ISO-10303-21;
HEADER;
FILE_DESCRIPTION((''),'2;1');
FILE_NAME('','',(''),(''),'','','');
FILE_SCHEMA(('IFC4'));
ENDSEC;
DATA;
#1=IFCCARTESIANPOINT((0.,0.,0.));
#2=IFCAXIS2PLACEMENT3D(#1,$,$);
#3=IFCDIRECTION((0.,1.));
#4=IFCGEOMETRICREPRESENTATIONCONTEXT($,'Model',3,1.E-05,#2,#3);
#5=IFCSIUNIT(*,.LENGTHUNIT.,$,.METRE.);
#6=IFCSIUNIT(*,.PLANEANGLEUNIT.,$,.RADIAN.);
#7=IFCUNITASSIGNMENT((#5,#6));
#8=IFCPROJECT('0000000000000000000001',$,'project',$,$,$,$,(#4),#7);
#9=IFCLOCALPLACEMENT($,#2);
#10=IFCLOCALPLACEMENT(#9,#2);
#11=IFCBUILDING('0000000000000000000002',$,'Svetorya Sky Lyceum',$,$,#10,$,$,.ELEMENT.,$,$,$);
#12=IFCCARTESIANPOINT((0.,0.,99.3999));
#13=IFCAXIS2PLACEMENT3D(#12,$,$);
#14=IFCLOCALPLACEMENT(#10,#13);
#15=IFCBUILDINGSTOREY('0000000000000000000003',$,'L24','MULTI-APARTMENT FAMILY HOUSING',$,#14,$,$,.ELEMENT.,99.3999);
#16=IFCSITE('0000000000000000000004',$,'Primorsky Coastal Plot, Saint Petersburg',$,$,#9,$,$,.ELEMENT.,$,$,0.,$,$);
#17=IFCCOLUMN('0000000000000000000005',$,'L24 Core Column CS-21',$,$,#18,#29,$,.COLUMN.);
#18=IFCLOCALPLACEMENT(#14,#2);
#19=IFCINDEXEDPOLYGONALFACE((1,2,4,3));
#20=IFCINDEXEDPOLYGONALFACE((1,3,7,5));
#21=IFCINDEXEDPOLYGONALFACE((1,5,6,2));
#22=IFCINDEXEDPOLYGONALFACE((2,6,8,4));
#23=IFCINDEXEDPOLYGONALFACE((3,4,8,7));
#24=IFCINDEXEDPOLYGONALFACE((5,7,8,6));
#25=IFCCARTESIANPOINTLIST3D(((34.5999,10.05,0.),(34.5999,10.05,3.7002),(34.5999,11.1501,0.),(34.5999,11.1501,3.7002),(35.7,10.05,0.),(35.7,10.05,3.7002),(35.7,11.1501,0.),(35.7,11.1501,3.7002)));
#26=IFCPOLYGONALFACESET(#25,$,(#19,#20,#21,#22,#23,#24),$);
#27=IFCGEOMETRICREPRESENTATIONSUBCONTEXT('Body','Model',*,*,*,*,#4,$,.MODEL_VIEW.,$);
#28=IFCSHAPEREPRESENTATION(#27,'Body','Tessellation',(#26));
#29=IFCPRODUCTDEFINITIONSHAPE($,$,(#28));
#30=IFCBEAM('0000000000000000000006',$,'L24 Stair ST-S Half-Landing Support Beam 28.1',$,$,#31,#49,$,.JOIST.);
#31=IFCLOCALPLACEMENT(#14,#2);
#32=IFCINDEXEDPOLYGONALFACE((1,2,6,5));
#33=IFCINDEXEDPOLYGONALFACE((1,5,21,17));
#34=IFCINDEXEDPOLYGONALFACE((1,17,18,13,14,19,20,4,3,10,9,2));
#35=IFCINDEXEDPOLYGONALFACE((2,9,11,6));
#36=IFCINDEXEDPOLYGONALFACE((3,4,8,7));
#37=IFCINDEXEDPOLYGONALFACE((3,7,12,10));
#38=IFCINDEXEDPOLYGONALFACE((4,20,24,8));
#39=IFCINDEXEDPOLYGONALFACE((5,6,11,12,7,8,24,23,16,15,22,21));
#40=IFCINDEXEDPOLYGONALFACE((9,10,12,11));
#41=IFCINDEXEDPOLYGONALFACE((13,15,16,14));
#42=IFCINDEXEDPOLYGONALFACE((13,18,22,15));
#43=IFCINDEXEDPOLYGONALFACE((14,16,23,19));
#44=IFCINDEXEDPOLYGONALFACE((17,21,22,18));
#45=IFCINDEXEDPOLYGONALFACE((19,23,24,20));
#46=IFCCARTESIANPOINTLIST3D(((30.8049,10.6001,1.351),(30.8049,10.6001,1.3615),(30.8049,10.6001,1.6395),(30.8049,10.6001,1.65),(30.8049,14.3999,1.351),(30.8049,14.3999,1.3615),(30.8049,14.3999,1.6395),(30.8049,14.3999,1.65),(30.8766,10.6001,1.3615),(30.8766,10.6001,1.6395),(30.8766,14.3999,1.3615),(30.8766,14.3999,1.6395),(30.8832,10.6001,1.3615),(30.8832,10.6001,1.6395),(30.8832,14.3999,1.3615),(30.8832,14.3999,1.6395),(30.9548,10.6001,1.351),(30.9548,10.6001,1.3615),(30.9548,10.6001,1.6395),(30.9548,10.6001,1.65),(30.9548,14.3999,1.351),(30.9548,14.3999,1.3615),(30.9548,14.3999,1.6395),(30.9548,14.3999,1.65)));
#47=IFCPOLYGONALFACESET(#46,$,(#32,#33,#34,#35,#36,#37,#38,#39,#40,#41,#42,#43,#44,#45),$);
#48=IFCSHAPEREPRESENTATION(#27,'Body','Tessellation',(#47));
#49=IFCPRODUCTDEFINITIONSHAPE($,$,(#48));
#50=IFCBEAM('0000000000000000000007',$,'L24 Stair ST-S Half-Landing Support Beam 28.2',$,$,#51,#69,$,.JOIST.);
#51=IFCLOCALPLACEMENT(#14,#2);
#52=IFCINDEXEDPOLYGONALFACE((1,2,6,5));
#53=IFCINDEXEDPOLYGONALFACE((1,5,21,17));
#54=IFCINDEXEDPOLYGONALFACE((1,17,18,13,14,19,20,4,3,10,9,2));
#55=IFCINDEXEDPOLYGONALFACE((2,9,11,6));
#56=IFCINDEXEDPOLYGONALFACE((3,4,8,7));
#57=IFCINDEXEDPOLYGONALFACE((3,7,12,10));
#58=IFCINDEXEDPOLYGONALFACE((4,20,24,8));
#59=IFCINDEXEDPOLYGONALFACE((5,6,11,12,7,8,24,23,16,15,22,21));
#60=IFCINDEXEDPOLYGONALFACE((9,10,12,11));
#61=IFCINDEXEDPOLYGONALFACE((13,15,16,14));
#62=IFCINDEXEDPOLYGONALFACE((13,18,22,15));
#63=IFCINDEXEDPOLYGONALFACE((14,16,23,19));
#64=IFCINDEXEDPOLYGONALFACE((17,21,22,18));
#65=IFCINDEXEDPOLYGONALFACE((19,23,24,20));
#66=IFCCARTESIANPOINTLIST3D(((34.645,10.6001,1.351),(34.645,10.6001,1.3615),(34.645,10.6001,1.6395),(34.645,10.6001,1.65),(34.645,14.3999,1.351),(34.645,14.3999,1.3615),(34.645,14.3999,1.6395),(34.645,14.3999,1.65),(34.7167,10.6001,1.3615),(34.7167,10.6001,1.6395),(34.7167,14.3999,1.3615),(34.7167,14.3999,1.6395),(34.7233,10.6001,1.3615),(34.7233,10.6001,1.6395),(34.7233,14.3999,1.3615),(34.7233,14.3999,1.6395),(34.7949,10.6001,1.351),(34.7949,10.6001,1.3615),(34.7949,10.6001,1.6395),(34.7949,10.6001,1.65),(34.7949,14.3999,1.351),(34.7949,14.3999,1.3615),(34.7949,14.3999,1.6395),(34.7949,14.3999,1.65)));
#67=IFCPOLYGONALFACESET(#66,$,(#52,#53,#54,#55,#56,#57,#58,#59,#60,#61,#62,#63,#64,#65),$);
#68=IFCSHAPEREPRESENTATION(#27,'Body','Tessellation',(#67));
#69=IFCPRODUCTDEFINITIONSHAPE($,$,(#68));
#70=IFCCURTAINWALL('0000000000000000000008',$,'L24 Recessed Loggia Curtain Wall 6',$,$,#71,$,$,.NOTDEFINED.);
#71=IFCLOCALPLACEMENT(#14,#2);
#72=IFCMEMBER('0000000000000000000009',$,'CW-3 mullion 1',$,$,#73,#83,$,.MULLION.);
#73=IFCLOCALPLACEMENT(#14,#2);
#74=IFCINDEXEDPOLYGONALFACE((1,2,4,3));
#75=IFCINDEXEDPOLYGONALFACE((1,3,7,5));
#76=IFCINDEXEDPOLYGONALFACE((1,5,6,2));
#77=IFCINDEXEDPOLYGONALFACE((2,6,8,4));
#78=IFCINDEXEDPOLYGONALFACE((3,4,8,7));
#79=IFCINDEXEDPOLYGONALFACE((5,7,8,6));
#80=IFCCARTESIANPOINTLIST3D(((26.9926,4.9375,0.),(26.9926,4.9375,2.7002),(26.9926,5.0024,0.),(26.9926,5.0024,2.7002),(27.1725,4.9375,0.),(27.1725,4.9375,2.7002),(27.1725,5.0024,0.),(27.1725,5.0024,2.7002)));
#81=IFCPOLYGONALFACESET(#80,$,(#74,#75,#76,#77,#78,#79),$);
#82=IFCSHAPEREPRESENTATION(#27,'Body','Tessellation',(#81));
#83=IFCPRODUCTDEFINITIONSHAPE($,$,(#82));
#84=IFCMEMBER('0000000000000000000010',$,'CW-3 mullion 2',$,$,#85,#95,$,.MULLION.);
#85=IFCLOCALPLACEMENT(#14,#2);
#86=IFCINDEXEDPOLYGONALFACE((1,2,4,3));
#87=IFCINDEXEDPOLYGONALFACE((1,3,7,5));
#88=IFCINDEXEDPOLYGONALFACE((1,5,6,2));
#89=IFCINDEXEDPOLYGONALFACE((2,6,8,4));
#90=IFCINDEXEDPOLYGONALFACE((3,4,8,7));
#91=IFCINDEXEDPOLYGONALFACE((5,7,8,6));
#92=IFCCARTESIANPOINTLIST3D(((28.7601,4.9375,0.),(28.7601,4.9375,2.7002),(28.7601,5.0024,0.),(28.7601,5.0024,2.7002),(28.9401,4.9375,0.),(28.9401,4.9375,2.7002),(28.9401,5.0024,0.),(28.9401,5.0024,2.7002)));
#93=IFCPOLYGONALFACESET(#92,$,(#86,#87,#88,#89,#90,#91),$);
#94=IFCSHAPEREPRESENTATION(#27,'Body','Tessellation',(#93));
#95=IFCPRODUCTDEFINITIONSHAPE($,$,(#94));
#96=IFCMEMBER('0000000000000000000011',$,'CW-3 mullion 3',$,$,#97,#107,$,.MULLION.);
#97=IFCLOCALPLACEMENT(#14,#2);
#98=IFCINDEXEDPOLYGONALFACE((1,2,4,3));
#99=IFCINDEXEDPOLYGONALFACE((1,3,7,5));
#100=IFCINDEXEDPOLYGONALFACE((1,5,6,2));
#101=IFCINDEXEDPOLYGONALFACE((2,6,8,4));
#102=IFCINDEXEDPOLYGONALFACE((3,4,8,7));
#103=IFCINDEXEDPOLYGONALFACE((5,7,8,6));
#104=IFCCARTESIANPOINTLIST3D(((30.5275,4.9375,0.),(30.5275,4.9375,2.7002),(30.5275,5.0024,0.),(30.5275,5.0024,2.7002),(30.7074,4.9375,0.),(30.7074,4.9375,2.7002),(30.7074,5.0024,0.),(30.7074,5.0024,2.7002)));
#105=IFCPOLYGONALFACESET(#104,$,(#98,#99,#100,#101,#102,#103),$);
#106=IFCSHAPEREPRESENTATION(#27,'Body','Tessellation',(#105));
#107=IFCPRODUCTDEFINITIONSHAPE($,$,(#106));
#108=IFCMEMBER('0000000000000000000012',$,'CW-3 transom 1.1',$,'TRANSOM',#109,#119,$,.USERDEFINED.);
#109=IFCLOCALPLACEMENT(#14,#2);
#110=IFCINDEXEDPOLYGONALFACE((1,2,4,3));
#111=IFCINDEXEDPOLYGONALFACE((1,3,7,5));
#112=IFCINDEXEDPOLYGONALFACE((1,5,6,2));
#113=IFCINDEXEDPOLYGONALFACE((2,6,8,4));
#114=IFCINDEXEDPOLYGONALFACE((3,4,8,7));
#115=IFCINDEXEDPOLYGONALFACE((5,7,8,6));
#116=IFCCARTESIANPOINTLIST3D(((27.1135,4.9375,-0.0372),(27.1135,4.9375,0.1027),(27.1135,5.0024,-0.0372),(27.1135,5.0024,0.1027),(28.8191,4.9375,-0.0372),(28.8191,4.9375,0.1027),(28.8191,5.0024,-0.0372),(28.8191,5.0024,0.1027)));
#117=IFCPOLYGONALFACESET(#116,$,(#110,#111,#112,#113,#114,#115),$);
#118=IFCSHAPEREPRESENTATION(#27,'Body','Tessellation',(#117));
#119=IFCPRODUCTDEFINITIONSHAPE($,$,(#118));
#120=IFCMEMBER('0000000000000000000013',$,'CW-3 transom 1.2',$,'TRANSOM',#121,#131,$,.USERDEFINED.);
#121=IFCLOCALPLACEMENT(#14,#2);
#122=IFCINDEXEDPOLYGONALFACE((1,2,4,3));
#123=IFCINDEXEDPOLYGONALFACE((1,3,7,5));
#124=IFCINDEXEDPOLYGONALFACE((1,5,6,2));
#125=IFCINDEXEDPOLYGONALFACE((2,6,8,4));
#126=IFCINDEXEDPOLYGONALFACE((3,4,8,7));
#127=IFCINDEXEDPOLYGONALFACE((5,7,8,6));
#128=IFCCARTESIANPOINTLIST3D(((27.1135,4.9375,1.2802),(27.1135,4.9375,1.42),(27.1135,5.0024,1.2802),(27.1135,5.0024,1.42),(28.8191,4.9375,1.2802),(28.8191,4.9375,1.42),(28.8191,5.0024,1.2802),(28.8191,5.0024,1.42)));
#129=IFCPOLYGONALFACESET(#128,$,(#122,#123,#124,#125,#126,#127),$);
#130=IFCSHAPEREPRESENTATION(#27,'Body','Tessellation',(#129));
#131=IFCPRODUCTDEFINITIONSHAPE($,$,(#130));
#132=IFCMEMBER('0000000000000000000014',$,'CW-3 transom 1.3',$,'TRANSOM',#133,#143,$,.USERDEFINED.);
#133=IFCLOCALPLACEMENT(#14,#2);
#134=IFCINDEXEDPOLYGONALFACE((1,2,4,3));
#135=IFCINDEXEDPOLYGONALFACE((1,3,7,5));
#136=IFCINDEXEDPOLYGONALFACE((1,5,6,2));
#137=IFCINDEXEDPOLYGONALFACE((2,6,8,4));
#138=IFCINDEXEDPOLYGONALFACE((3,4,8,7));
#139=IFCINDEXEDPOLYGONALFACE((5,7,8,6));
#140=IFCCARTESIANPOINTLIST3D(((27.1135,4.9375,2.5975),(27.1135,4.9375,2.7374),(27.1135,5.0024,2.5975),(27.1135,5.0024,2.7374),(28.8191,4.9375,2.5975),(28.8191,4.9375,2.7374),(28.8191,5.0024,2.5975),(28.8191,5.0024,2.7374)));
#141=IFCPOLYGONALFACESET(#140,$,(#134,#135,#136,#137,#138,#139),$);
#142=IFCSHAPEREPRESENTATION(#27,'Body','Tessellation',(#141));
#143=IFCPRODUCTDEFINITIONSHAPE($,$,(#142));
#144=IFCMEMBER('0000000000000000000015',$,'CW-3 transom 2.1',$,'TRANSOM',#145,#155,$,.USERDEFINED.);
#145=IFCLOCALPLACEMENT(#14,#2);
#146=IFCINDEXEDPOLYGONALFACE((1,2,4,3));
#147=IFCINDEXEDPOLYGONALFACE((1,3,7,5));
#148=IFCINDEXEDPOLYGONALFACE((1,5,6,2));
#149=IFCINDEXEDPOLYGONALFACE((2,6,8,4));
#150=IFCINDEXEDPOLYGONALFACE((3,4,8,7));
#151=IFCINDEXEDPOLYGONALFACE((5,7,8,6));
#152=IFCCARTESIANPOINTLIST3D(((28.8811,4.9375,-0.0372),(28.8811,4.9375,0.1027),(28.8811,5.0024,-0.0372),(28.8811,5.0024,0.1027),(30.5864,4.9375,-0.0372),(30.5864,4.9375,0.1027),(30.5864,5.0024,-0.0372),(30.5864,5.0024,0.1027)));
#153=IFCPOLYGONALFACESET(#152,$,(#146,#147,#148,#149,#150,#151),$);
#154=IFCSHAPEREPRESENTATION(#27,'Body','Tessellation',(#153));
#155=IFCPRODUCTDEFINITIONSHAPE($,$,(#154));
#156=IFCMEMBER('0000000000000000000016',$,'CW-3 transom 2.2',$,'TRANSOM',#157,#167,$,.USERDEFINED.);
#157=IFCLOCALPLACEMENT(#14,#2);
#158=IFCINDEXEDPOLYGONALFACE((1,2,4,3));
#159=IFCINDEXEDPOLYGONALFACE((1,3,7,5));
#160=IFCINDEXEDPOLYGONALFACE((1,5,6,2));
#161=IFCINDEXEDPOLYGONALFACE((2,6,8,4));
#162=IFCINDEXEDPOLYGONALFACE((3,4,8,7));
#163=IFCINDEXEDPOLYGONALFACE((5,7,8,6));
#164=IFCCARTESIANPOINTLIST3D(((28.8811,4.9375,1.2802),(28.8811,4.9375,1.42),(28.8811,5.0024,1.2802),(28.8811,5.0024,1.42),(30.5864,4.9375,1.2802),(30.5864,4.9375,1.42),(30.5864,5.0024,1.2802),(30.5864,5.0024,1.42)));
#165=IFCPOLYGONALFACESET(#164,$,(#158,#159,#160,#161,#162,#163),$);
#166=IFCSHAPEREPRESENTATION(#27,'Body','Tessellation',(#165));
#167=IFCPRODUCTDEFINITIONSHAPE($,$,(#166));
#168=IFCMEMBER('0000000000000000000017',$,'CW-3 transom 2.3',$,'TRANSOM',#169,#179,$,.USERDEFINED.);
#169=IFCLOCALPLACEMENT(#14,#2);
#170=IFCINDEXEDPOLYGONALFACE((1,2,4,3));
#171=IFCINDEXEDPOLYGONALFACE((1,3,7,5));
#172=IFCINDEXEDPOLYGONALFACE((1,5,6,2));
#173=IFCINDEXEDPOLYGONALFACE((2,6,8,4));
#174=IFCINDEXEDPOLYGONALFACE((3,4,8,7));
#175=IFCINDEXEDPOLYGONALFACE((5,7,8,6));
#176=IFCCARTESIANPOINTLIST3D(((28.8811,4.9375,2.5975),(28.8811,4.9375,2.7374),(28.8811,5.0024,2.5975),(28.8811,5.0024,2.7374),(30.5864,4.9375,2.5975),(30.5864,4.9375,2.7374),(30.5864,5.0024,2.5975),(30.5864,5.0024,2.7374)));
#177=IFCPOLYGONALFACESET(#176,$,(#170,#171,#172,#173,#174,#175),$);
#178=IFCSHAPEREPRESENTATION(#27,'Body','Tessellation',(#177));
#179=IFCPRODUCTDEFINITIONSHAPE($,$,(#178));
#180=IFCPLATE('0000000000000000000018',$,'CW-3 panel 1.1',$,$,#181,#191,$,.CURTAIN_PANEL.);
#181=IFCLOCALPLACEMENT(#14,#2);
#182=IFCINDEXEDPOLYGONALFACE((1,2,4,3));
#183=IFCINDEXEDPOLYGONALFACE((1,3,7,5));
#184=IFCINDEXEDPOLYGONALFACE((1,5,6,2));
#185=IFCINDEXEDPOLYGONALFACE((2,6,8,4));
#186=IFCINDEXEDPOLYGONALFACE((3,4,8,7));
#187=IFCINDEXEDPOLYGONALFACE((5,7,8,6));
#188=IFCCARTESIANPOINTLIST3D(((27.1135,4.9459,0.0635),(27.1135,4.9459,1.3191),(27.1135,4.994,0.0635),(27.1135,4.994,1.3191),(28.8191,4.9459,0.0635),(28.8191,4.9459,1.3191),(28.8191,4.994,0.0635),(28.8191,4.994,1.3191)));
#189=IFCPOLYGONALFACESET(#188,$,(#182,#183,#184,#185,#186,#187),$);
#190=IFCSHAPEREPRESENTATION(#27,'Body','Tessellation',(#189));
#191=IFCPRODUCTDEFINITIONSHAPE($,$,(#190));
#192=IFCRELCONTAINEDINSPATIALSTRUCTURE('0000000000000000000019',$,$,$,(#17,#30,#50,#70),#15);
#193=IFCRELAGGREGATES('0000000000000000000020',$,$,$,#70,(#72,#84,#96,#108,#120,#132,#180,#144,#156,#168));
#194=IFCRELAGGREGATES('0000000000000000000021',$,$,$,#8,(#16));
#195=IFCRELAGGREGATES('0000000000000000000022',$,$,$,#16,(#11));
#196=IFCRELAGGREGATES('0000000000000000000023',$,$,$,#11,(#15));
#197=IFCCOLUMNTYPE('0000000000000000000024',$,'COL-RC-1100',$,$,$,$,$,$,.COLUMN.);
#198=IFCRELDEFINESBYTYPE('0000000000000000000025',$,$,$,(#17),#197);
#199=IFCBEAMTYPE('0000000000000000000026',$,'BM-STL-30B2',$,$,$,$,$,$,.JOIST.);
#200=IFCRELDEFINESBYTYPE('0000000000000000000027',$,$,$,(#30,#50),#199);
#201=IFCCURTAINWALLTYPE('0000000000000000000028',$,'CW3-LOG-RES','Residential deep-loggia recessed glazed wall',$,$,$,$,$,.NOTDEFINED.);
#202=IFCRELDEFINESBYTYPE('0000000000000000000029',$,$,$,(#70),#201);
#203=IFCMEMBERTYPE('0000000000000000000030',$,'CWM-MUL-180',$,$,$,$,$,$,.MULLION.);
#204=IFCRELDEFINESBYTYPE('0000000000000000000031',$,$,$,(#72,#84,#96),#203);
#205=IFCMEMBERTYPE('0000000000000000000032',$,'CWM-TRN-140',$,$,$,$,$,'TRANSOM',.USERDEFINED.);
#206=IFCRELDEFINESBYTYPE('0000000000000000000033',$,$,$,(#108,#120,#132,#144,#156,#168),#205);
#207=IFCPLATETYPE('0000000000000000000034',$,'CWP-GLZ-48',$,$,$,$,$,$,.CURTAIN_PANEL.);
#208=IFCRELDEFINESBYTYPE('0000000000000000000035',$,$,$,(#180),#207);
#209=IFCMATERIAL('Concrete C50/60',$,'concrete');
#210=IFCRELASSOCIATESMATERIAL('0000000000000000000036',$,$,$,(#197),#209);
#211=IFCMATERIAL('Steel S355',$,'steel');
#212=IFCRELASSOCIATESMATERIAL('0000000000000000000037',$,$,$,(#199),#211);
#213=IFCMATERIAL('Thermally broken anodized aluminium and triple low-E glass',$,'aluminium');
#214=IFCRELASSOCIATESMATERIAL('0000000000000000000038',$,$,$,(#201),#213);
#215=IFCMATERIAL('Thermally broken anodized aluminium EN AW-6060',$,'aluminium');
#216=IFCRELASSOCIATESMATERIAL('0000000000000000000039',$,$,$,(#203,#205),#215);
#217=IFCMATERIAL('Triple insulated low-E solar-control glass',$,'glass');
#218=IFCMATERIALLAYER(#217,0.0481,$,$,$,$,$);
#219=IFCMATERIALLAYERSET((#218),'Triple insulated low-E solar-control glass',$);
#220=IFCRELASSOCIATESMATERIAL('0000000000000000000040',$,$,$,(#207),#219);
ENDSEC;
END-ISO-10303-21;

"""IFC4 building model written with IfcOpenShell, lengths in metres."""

from ifc_helpers import new_model, si_unit, direction, frame, origin, origin_2d, place, context, subcontext, project, spatial, rectangle, i_section, extrude, material, layer, layer_set, material_profile, profile_set, type_object, element, aggregate, save


model = new_model("IFC4")

# Units and contexts
model_context = context("Model", 3, precision=1e-05, world=origin(), true_north=direction((0.0, 1.0)))
body_context = subcontext(model_context, "Body", "Model", "MODEL_VIEW")
ifc_project = project(units=[si_unit("LENGTHUNIT", "METRE"), si_unit("PLANEANGLEUNIT", "RADIAN")], contexts=[model_context])

# Site, building, storey
site_placement = place(None, origin())
site = spatial("IfcSite", under=ifc_project, at=site_placement, Name="Primorsky Coastal Plot, Saint Petersburg", CompositionType="ELEMENT", RefElevation=0.0)
building_placement = place(site_placement, origin())
building = spatial("IfcBuilding", under=site, at=building_placement, Name="Svetorya Sky Lyceum", CompositionType="ELEMENT")
storey_placement = place(building_placement, frame((0.0, 0.0, 99.3999)))
storey = spatial("IfcBuildingStorey", under=building, at=storey_placement, Name="L24", Description="MULTI-APARTMENT FAMILY HOUSING", CompositionType="ELEMENT", Elevation=99.3999)

# Column
ifc_material_1 = material(Name="Concrete C50/60", Category="concrete")
ifc_material_profile_1 = material_profile(ifc_material_1, rectangle(XDim=1.1001, YDim=1.1001, at=origin_2d()), Name="RC COL 1100x1100")
ifc_profile_set_1 = profile_set([ifc_material_profile_1], Name="Concrete C50/60")
column_type = type_object("IfcColumnType", Name="COL-RC-1100", PredefinedType="COLUMN", material=ifc_profile_set_1)
column_placement = place(storey_placement, frame((35.1499, 10.6001, 0.0), z_axis=(0.0, 0.0, 1.0), x_axis=(1.0, 0.0, 0.0)))
element("IfcColumn", 1, at=column_placement, inside=storey, type_object=column_type, Name="L24 Core Column CS-21", PredefinedType="COLUMN", context=body_context, shape_type="SweptSolid", body=[
    extrude(rectangle(XDim=1.1001, YDim=1.1001, at=origin_2d()), origin(), (0.0, 0.0, 1.0), 3.7002),
])

# Beams
ifc_material_2 = material(Name="Steel S355", Category="steel")
ifc_material_profile_2 = material_profile(ifc_material_2, i_section(OverallWidth=0.1499, OverallDepth=0.2991, WebThickness=0.0066, FlangeThickness=0.0105, at=origin_2d()), Name="GOST 30B2")
ifc_profile_set_2 = profile_set([ifc_material_profile_2], Name="Steel S355")
beam_type = type_object("IfcBeamType", Name="BM-STL-30B2", PredefinedType="JOIST", material=ifc_profile_set_2)
for number, where, z_axis, x_axis, name in (
    (2, (30.8799, 10.6001, 1.5005), (0.0, 1.0, 0.0), (-1.0, 0.0, 0.0), "L24 Stair ST-S Half-Landing Support Beam 28.1"),
    (3, (34.72, 10.6001, 1.5005), (0.0, 1.0, 0.0), (-1.0, 0.0, 0.0), "L24 Stair ST-S Half-Landing Support Beam 28.2"),
):
    element("IfcBeam", number, at=place(storey_placement, frame(where, z_axis=z_axis, x_axis=x_axis)), inside=storey, type_object=beam_type, Name=name, PredefinedType="JOIST", context=body_context, shape_type="SweptSolid", body=[
        extrude(i_section(OverallWidth=0.1499, OverallDepth=0.2991, WebThickness=0.0066, FlangeThickness=0.0105, at=origin_2d()), origin(), (0.0, 0.0, 1.0), 3.7998),
    ])

# Curtain wall, members, plate
ifc_material_3 = material(Name="Thermally broken anodized aluminium and triple low-E glass", Category="aluminium")
curtain_wall_type = type_object("IfcCurtainWallType", Name="CW3-LOG-RES", Description="Residential deep-loggia recessed glazed wall", PredefinedType="NOTDEFINED", material=ifc_material_3)
curtain_wall_placement = place(storey_placement, origin())
curtain_wall = element("IfcCurtainWall", 4, at=curtain_wall_placement, inside=storey, type_object=curtain_wall_type, Name="L24 Recessed Loggia Curtain Wall 6", PredefinedType="NOTDEFINED")
ifc_material_4 = material(Name="Thermally broken anodized aluminium EN AW-6060", Category="aluminium")
ifc_material_profile_3 = material_profile(ifc_material_4, rectangle(XDim=0.0649, YDim=0.1799, at=origin_2d()), Name="ALU MULLION 65x180")
ifc_profile_set_3 = profile_set([ifc_material_profile_3], Name="Thermally broken anodized aluminium EN AW-6060")
member_type_1 = type_object("IfcMemberType", Name="CWM-MUL-180", PredefinedType="MULLION", material=ifc_profile_set_3)
member_1_placement = place(storey_placement, frame((27.0825, 4.97, 0.0), z_axis=(0.0, 0.0, 1.0), x_axis=(0.0, 1.0, 0.0)))
member_1 = element("IfcMember", 5, at=member_1_placement, type_object=member_type_1, Name="CW-3 mullion 1", PredefinedType="MULLION", context=body_context, shape_type="SweptSolid", body=[
    extrude(rectangle(XDim=0.0649, YDim=0.1799, at=origin_2d()), origin(), (0.0, 0.0, 1.0), 2.7002),
])
member_2_placement = place(storey_placement, frame((28.8501, 4.97, 0.0), z_axis=(0.0, 0.0, 1.0), x_axis=(0.0, 1.0, 0.0)))
member_2 = element("IfcMember", 6, at=member_2_placement, type_object=member_type_1, Name="CW-3 mullion 2", PredefinedType="MULLION", context=body_context, shape_type="SweptSolid", body=[
    extrude(rectangle(XDim=0.0649, YDim=0.1799, at=origin_2d()), origin(), (0.0, 0.0, 1.0), 2.7002),
])
member_3_placement = place(storey_placement, frame((30.6174, 4.97, 0.0), z_axis=(0.0, 0.0, 1.0), x_axis=(0.0, 1.0, 0.0)))
member_3 = element("IfcMember", 7, at=member_3_placement, type_object=member_type_1, Name="CW-3 mullion 3", PredefinedType="MULLION", context=body_context, shape_type="SweptSolid", body=[
    extrude(rectangle(XDim=0.0649, YDim=0.1799, at=origin_2d()), origin(), (0.0, 0.0, 1.0), 2.7002),
])
ifc_material_profile_4 = material_profile(ifc_material_4, rectangle(XDim=0.0649, YDim=0.1399, at=origin_2d()), Name="ALU TRANSOM 65x140")
ifc_profile_set_4 = profile_set([ifc_material_profile_4], Name="Thermally broken anodized aluminium EN AW-6060")
member_type_2 = type_object("IfcMemberType", Name="CWM-TRN-140", ElementType="TRANSOM", PredefinedType="USERDEFINED", material=ifc_profile_set_4)
member_4_placement = place(storey_placement, frame((27.1135, 4.97, 0.0327), z_axis=(1.0, 0.0, 0.0), x_axis=(0.0, 1.0, 0.0)))
member_4 = element("IfcMember", 8, at=member_4_placement, type_object=member_type_2, Name="CW-3 transom 1.1", ObjectType="TRANSOM", PredefinedType="USERDEFINED", context=body_context, shape_type="SweptSolid", body=[
    extrude(rectangle(XDim=0.0649, YDim=0.1399, at=origin_2d()), origin(), (0.0, 0.0, 1.0), 1.7056),
])
member_5_placement = place(storey_placement, frame((27.1135, 4.97, 1.3501), z_axis=(1.0, 0.0, 0.0), x_axis=(0.0, 1.0, 0.0)))
member_5 = element("IfcMember", 9, at=member_5_placement, type_object=member_type_2, Name="CW-3 transom 1.2", ObjectType="TRANSOM", PredefinedType="USERDEFINED", context=body_context, shape_type="SweptSolid", body=[
    extrude(rectangle(XDim=0.0649, YDim=0.1399, at=origin_2d()), origin(), (0.0, 0.0, 1.0), 1.7056),
])
member_6_placement = place(storey_placement, frame((27.1135, 4.97, 2.6675), z_axis=(1.0, 0.0, 0.0), x_axis=(0.0, 1.0, 0.0)))
member_6 = element("IfcMember", 10, at=member_6_placement, type_object=member_type_2, Name="CW-3 transom 1.3", ObjectType="TRANSOM", PredefinedType="USERDEFINED", context=body_context, shape_type="SweptSolid", body=[
    extrude(rectangle(XDim=0.0649, YDim=0.1399, at=origin_2d()), origin(), (0.0, 0.0, 1.0), 1.7056),
])
member_7_placement = place(storey_placement, frame((28.8811, 4.97, 0.0327), z_axis=(1.0, 0.0, 0.0), x_axis=(0.0, 1.0, 0.0)))
member_7 = element("IfcMember", 11, at=member_7_placement, type_object=member_type_2, Name="CW-3 transom 2.1", ObjectType="TRANSOM", PredefinedType="USERDEFINED", context=body_context, shape_type="SweptSolid", body=[
    extrude(rectangle(XDim=0.0649, YDim=0.1399, at=origin_2d()), origin(), (0.0, 0.0, 1.0), 1.7053),
])
member_8_placement = place(storey_placement, frame((28.8811, 4.97, 1.3501), z_axis=(1.0, 0.0, 0.0), x_axis=(0.0, 1.0, 0.0)))
member_8 = element("IfcMember", 12, at=member_8_placement, type_object=member_type_2, Name="CW-3 transom 2.2", ObjectType="TRANSOM", PredefinedType="USERDEFINED", context=body_context, shape_type="SweptSolid", body=[
    extrude(rectangle(XDim=0.0649, YDim=0.1399, at=origin_2d()), origin(), (0.0, 0.0, 1.0), 1.7053),
])
member_9_placement = place(storey_placement, frame((28.8811, 4.97, 2.6675), z_axis=(1.0, 0.0, 0.0), x_axis=(0.0, 1.0, 0.0)))
member_9 = element("IfcMember", 13, at=member_9_placement, type_object=member_type_2, Name="CW-3 transom 2.3", ObjectType="TRANSOM", PredefinedType="USERDEFINED", context=body_context, shape_type="SweptSolid", body=[
    extrude(rectangle(XDim=0.0649, YDim=0.1399, at=origin_2d()), origin(), (0.0, 0.0, 1.0), 1.7053),
])
ifc_material_5 = material(Name="Triple insulated low-E solar-control glass", Category="glass")
ifc_layer_1 = layer(ifc_material_5, 0.0481)
ifc_layer_set_1 = layer_set([ifc_layer_1], Name="Triple insulated low-E solar-control glass")
plate_type = type_object("IfcPlateType", Name="CWP-GLZ-48", PredefinedType="CURTAIN_PANEL", material=ifc_layer_set_1)
plate_1_placement = place(storey_placement, frame((27.9663, 4.97, 0.0635), z_axis=(0.0, 0.0, 1.0), x_axis=(1.0, 0.0, 0.0)))
plate_1 = element("IfcPlate", 14, at=plate_1_placement, type_object=plate_type, Name="CW-3 panel 1.1", PredefinedType="CURTAIN_PANEL", context=body_context, shape_type="SweptSolid", body=[
    extrude(rectangle(XDim=1.7056, YDim=0.0481, at=origin_2d()), origin(), (0.0, 0.0, 1.0), 1.2556),
])
aggregate(curtain_wall, [member_1, member_2, member_3, member_4, member_5, member_6, plate_1, member_7, member_8, member_9])

save(model, "model.ifc")
